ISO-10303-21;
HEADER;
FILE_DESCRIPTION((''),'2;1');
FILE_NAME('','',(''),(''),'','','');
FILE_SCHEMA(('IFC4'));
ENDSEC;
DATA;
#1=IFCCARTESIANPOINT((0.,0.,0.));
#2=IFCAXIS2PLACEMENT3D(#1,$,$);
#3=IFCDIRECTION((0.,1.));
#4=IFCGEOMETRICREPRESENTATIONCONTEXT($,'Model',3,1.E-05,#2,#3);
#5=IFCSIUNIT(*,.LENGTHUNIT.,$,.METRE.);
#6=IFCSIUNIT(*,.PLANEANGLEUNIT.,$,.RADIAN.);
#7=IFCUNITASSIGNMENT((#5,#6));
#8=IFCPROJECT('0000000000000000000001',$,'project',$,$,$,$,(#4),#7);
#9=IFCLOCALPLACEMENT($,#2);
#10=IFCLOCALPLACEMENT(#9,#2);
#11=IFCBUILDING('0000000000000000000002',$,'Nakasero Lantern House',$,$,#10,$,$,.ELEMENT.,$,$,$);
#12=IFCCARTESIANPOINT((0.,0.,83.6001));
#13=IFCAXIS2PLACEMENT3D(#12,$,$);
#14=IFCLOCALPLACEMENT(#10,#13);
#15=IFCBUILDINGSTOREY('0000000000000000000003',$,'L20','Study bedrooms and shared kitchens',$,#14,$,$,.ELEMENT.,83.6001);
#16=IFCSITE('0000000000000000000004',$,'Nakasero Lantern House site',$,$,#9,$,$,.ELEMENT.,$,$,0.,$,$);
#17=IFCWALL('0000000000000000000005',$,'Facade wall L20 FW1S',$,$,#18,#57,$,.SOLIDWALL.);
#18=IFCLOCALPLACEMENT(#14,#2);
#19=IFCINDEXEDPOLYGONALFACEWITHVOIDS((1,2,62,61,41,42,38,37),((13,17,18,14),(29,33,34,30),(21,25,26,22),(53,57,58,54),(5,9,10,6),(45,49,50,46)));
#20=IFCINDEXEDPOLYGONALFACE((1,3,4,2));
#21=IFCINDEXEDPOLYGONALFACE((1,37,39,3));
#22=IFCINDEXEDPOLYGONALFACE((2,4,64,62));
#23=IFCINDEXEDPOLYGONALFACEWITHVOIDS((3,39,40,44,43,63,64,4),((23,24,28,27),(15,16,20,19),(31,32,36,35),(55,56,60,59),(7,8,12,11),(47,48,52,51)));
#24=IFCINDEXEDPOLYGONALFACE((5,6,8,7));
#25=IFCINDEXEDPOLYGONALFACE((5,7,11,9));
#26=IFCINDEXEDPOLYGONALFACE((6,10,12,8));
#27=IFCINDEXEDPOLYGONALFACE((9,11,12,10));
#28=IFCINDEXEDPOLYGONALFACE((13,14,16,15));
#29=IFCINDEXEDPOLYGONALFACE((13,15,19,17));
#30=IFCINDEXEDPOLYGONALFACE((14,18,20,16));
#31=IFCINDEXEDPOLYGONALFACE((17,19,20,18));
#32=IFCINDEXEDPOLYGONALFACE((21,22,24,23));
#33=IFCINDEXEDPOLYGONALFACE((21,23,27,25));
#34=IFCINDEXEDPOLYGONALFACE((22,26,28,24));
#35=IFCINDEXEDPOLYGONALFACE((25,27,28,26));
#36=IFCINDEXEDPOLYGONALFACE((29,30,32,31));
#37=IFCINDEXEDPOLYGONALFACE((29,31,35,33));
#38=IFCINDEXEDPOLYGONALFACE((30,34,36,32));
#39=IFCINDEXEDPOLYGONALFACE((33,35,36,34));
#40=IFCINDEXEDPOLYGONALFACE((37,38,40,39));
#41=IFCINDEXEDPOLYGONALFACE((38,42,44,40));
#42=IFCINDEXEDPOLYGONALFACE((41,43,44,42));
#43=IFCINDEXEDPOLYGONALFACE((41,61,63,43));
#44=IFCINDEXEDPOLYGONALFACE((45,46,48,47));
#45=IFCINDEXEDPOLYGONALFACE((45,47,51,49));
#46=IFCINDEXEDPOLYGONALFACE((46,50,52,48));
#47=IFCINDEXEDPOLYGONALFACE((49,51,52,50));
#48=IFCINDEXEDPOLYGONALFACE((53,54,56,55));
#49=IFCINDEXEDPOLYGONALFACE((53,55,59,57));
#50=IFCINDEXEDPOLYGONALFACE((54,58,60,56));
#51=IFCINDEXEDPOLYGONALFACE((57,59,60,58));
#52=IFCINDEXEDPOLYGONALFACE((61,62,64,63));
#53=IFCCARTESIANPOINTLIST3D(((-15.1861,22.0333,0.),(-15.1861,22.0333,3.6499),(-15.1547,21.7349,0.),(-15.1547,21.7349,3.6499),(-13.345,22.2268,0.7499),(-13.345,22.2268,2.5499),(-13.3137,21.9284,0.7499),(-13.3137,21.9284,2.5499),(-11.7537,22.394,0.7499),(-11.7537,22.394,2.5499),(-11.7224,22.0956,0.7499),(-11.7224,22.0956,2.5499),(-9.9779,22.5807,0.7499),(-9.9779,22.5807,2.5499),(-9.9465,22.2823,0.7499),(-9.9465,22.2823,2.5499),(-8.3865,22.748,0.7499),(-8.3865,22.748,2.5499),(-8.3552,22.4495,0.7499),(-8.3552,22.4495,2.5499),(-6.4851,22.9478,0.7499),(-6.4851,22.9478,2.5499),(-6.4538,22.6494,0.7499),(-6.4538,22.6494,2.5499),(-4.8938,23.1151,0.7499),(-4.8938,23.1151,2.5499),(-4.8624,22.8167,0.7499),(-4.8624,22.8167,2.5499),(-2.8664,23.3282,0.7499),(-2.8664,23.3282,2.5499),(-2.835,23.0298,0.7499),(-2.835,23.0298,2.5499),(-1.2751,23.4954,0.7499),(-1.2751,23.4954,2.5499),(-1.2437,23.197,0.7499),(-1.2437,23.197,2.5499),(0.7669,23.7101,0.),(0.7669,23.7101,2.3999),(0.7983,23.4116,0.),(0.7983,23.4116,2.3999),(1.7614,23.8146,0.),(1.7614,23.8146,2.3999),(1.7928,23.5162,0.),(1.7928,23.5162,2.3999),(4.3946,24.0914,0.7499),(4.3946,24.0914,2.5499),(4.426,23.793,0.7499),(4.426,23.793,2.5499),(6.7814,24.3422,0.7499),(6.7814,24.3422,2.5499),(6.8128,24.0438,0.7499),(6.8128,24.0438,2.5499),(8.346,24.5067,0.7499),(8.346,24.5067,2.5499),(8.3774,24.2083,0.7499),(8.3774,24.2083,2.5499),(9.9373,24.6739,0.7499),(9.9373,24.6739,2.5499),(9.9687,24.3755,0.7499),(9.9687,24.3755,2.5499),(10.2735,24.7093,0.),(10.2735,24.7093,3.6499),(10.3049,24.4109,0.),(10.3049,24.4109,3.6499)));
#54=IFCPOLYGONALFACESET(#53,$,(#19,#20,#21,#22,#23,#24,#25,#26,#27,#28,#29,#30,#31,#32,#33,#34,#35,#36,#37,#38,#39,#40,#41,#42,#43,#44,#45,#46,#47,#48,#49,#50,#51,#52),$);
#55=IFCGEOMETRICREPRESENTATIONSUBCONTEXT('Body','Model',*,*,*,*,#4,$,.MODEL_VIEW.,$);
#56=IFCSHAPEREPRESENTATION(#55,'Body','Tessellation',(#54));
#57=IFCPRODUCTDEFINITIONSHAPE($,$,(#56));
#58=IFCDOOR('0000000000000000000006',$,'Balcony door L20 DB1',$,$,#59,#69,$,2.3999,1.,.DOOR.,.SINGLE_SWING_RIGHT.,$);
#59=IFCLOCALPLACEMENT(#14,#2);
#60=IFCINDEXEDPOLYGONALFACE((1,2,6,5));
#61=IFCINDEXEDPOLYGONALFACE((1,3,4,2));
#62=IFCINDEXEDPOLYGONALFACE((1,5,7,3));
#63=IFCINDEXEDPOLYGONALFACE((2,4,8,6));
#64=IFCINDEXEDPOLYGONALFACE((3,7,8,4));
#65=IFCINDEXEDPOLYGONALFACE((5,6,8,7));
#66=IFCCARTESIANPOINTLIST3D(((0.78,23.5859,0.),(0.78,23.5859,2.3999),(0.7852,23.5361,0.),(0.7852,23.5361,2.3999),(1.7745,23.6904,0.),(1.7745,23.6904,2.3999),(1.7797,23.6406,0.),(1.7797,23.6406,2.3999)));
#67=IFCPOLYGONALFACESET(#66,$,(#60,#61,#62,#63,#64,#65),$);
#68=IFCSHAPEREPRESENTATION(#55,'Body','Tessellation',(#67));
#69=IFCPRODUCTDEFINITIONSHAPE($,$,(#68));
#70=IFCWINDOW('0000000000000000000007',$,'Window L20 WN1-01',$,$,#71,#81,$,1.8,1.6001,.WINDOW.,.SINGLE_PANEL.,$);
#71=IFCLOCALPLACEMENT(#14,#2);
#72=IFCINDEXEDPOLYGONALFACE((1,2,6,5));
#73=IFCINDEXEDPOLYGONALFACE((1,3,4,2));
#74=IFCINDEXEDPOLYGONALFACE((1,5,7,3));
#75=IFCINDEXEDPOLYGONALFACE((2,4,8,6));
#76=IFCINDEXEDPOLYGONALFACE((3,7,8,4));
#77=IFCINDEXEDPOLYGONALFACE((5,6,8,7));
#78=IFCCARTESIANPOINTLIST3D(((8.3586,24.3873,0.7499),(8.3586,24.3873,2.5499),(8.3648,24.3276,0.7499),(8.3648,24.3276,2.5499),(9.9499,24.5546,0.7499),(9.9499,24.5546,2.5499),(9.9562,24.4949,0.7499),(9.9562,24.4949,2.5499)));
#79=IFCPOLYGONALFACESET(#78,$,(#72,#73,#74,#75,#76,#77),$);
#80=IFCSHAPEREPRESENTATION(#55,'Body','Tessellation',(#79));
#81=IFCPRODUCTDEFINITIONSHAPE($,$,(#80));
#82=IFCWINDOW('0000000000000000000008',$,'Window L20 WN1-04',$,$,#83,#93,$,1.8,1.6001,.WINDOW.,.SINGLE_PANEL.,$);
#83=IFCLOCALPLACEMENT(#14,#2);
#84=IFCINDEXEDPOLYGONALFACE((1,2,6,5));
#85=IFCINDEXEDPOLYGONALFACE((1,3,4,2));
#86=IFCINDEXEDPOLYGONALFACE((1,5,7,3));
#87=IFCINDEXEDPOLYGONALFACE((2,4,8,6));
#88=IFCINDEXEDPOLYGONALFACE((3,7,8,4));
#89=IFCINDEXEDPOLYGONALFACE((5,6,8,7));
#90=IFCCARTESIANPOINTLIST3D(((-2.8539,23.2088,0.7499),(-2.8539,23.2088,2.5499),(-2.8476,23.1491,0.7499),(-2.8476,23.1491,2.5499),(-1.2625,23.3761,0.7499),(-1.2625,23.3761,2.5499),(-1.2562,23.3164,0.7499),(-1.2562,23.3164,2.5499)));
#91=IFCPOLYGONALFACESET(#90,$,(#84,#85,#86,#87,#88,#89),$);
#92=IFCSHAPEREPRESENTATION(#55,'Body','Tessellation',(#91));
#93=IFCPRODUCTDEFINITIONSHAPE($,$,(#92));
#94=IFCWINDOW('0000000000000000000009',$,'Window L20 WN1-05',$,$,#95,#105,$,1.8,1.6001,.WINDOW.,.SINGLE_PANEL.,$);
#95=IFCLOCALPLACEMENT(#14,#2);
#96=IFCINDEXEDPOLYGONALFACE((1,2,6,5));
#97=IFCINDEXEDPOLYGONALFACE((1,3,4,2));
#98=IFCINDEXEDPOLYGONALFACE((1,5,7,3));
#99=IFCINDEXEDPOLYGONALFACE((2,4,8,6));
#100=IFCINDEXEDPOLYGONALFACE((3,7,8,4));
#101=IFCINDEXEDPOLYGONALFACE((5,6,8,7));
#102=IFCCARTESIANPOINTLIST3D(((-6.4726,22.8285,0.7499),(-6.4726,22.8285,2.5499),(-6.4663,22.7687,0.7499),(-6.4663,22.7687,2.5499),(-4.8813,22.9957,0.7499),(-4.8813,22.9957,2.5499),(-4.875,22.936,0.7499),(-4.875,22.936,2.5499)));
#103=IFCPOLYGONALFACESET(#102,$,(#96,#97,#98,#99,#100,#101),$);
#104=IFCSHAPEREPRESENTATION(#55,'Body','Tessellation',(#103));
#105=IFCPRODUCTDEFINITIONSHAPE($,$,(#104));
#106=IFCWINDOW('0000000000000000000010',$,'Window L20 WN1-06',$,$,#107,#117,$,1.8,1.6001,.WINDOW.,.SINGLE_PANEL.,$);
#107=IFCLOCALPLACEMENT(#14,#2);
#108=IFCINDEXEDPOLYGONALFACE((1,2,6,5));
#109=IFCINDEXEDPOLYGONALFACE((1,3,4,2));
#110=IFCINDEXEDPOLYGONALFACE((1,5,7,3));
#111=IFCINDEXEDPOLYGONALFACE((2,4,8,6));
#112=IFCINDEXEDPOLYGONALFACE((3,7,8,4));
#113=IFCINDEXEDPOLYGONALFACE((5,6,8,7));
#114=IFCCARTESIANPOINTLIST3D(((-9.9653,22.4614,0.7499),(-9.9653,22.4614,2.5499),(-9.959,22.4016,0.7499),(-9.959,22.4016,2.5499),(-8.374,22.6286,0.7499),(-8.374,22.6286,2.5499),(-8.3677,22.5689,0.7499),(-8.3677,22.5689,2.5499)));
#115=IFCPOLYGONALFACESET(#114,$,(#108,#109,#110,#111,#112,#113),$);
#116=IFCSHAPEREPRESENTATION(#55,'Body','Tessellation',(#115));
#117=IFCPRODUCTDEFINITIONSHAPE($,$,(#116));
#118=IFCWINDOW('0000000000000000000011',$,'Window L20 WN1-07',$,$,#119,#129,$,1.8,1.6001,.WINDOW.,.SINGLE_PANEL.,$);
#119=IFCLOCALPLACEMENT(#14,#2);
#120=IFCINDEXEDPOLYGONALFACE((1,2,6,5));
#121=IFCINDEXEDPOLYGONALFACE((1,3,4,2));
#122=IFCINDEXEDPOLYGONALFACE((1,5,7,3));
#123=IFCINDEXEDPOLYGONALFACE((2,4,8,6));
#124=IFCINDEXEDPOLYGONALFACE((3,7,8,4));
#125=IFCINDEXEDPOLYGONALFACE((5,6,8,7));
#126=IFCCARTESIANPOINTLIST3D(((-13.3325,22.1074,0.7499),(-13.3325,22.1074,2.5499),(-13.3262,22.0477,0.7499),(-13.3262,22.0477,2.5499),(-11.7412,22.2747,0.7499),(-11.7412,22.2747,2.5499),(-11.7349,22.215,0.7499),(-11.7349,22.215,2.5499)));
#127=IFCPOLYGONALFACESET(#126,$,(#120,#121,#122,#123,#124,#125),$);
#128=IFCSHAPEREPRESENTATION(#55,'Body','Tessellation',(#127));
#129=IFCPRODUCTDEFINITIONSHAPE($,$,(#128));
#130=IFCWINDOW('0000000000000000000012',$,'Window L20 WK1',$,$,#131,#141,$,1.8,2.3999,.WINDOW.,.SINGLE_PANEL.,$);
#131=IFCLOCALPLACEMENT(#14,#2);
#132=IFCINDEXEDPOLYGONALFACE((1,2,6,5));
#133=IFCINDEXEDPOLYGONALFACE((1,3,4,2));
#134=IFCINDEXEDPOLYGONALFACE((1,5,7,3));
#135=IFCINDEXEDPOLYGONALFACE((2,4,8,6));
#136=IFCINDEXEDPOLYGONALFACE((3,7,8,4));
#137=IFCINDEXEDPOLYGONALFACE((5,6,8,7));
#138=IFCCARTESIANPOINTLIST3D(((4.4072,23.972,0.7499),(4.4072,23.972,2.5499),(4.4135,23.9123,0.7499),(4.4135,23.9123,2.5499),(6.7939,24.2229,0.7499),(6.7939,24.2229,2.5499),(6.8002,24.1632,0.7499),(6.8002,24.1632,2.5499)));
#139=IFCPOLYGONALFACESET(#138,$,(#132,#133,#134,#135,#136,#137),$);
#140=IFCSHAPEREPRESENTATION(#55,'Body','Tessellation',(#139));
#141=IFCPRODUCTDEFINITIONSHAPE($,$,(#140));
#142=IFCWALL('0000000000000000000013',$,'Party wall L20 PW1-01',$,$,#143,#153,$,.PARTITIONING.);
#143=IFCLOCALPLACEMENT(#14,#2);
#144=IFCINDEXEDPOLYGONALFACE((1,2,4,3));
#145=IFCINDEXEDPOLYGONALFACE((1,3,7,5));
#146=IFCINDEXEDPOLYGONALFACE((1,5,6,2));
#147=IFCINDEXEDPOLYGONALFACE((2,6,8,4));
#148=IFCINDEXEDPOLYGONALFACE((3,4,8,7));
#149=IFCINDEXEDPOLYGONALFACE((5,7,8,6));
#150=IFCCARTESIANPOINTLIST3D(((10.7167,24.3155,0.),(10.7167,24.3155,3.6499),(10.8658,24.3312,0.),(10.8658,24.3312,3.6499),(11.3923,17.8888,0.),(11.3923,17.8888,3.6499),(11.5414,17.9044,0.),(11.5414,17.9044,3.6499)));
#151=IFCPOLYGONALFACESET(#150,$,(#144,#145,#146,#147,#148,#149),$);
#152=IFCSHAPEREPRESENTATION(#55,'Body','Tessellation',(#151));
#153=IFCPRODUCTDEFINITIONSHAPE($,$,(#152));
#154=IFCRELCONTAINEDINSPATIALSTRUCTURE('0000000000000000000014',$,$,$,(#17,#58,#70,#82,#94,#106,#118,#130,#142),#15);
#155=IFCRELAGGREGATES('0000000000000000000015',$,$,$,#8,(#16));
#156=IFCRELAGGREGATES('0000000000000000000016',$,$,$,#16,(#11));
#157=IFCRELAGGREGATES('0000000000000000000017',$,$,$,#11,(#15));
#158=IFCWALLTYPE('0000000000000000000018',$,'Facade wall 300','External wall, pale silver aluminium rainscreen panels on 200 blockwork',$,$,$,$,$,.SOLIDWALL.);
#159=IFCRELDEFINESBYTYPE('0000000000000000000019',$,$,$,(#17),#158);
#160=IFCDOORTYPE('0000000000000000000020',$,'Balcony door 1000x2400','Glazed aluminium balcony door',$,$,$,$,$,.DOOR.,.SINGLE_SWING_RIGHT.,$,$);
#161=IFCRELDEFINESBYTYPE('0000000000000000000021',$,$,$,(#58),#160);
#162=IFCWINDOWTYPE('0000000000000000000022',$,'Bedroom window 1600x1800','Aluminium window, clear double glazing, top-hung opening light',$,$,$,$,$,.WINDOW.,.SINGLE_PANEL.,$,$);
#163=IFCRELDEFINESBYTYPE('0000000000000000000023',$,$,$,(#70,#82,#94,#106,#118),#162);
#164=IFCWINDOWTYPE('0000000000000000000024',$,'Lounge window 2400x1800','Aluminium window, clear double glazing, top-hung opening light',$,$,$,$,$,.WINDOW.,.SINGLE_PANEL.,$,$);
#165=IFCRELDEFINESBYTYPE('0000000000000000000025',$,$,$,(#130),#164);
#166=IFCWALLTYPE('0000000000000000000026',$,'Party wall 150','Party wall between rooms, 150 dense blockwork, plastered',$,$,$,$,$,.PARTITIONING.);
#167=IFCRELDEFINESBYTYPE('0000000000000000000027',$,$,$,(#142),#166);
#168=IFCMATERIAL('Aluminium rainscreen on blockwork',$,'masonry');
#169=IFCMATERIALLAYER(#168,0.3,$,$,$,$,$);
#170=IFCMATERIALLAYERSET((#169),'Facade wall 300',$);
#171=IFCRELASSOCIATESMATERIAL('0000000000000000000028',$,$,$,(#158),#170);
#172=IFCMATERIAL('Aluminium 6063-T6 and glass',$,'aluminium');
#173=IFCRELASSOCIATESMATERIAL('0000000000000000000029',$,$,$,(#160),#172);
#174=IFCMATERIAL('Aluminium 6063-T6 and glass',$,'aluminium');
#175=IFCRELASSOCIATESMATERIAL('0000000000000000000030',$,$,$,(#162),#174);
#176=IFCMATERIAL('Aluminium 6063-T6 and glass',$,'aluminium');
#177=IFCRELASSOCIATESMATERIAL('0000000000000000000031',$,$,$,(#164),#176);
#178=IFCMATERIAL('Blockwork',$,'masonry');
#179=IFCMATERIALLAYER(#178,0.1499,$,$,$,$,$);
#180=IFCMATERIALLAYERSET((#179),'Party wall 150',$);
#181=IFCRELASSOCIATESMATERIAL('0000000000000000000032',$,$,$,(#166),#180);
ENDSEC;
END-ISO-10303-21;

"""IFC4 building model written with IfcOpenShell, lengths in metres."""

from ifc_helpers import new_model, si_unit, direction, frame, frame_2d, origin, place, context, subcontext, project, spatial, rectangle, extrude, material, layer, layer_set, type_object, element, fill, save


model = new_model("IFC4")

# Units and contexts
model_context = context("Model", 3, precision=1e-05, world=origin(), true_north=direction((0.0, 1.0)))
body_context = subcontext(model_context, "Body", "Model", "MODEL_VIEW")
ifc_project = project(units=[si_unit("LENGTHUNIT", "METRE"), si_unit("PLANEANGLEUNIT", "RADIAN")], contexts=[model_context])

# Site, building, storey
site_placement = place(None, origin())
site = spatial("IfcSite", under=ifc_project, at=site_placement, Name="Nakasero Lantern House site", CompositionType="ELEMENT", RefElevation=0.0)
building_placement = place(site_placement, origin())
building = spatial("IfcBuilding", under=site, at=building_placement, Name="Nakasero Lantern House", CompositionType="ELEMENT")
storey_placement = place(building_placement, frame((0.0, 0.0, 83.6001)))
storey = spatial("IfcBuildingStorey", under=building, at=storey_placement, Name="L20", Description="Study bedrooms and shared kitchens", CompositionType="ELEMENT", Elevation=83.6001)

# Wall, openings, door, windows
ifc_material_1 = material(Name="Aluminium rainscreen on blockwork", Category="masonry")
ifc_layer_1 = layer(ifc_material_1, 0.3)
ifc_layer_set_1 = layer_set([ifc_layer_1], Name="Facade wall 300")
wall_type_1 = type_object("IfcWallType", Name="Facade wall 300", Description="External wall, pale silver aluminium rainscreen panels on 200 blockwork", PredefinedType="SOLIDWALL", material=ifc_layer_set_1)
wall_1_placement = place(storey_placement, frame((10.2891, 24.5601, 0.0), z_axis=(0.0, 0.0, 1.0), x_axis=(-0.994521, -0.104532, 0.0)))
wall_1 = element("IfcWall", 1, at=wall_1_placement, inside=storey, type_object=wall_type_1, Name="Facade wall L20 FW1S", PredefinedType="SOLIDWALL", context=body_context, shape_type="SweptSolid", body=[
    extrude(rectangle(XDim=25.5999, YDim=0.3, at=frame_2d((12.7998, 0.0))), origin(), (0.0, 0.0, 1.0), 3.6499),
])
opening_1_placement = place(wall_1_placement, frame((0.3379, 0.0, 0.75)))
opening_1 = element("IfcOpeningElement", 2, at=opening_1_placement, cuts=wall_1, PredefinedType="OPENING", context=body_context, shape_type="SweptSolid", body=[
    extrude(rectangle(XDim=1.6001, YDim=1.8, at=frame_2d((0.8, 0.8999))), frame((0.0, 0.1699, 0.0), z_axis=(0.0, -1.0, 0.0), x_axis=(1.0, 0.0, 0.0)), (0.0, 0.0, 1.0), 0.3401),
])
opening_2_placement = place(wall_1_placement, frame((11.6121, 0.0, 0.75)))
opening_2 = element("IfcOpeningElement", 3, at=opening_2_placement, cuts=wall_1, PredefinedType="OPENING", context=body_context, shape_type="SweptSolid", body=[
    extrude(rectangle(XDim=1.6001, YDim=1.8, at=frame_2d((0.8, 0.8999))), frame((0.0, 0.1699, 0.0), z_axis=(0.0, -1.0, 0.0), x_axis=(1.0, 0.0, 0.0)), (0.0, 0.0, 1.0), 0.3401),
])
opening_3_placement = place(wall_1_placement, frame((15.2507, 0.0, 0.75)))
opening_3 = element("IfcOpeningElement", 4, at=opening_3_placement, cuts=wall_1, PredefinedType="OPENING", context=body_context, shape_type="SweptSolid", body=[
    extrude(rectangle(XDim=1.6001, YDim=1.8, at=frame_2d((0.8, 0.8999))), frame((0.0, 0.1699, 0.0), z_axis=(0.0, -1.0, 0.0), x_axis=(1.0, 0.0, 0.0)), (0.0, 0.0, 1.0), 0.3401),
])
opening_4_placement = place(wall_1_placement, frame((18.7627, 0.0, 0.75)))
opening_4 = element("IfcOpeningElement", 5, at=opening_4_placement, cuts=wall_1, PredefinedType="OPENING", context=body_context, shape_type="SweptSolid", body=[
    extrude(rectangle(XDim=1.6001, YDim=1.8, at=frame_2d((0.8, 0.8999))), frame((0.0, 0.1699, 0.0), z_axis=(0.0, -1.0, 0.0), x_axis=(1.0, 0.0, 0.0)), (0.0, 0.0, 1.0), 0.3401),
])
opening_5_placement = place(wall_1_placement, frame((22.1484, 0.0, 0.75)))
opening_5 = element("IfcOpeningElement", 6, at=opening_5_placement, cuts=wall_1, PredefinedType="OPENING", context=body_context, shape_type="SweptSolid", body=[
    extrude(rectangle(XDim=1.6001, YDim=1.8, at=frame_2d((0.8, 0.8999))), frame((0.0, 0.1699, 0.0), z_axis=(0.0, -1.0, 0.0), x_axis=(1.0, 0.0, 0.0)), (0.0, 0.0, 1.0), 0.3401),
])
opening_6_placement = place(wall_1_placement, frame((3.5112, 0.0, 0.75)))
opening_6 = element("IfcOpeningElement", 7, at=opening_6_placement, cuts=wall_1, PredefinedType="OPENING", context=body_context, shape_type="SweptSolid", body=[
    extrude(rectangle(XDim=2.3999, YDim=1.8, at=frame_2d((1.2, 0.8999))), frame((0.0, 0.1699, 0.0), z_axis=(0.0, -1.0, 0.0), x_axis=(1.0, 0.0, 0.0)), (0.0, 0.0, 1.0), 0.3401),
])
opening_7_placement = place(wall_1_placement, frame((8.5588, 0.0, 0.0)))
opening_7 = element("IfcOpeningElement", 8, at=opening_7_placement, cuts=wall_1, PredefinedType="OPENING", context=body_context, shape_type="SweptSolid", body=[
    extrude(rectangle(XDim=1.0, YDim=2.3999, at=frame_2d((0.5, 1.2))), frame((0.0, 0.1699, 0.0), z_axis=(0.0, -1.0, 0.0), x_axis=(1.0, 0.0, 0.0)), (0.0, 0.0, 1.0), 0.3401),
])
ifc_material_2 = material(Name="Aluminium 6063-T6 and glass", Category="aluminium")
door_type_1 = type_object("IfcDoorType", Name="Balcony door 1000x2400", Description="Glazed aluminium balcony door", OperationType="SINGLE_SWING_RIGHT", PredefinedType="DOOR", material=ifc_material_2)
door_1_placement = place(opening_7_placement, origin())
door_1 = element("IfcDoor", 9, at=door_1_placement, inside=storey, type_object=door_type_1, Name="Balcony door L20 DB1", OperationType="SINGLE_SWING_RIGHT", OverallHeight=2.3999, OverallWidth=1.0, PredefinedType="DOOR", context=body_context, shape_type="SweptSolid", body=[
    extrude(rectangle(XDim=1.0, YDim=2.3999, at=frame_2d((0.5, 1.2))), frame((0.0, 0.0249, 0.0), z_axis=(0.0, -1.0, 0.0), x_axis=(1.0, 0.0, 0.0)), (0.0, 0.0, 1.0), 0.05),
])
fill(opening_7, door_1)
ifc_material_3 = material(Name="Aluminium 6063-T6 and glass", Category="aluminium")
window_type_1 = type_object("IfcWindowType", Name="Bedroom window 1600x1800", Description="Aluminium window, clear double glazing, top-hung opening light", PartitioningType="SINGLE_PANEL", PredefinedType="WINDOW", material=ifc_material_3)
window_1_placement = place(opening_1_placement, origin())
window_1 = element("IfcWindow", 10, at=window_1_placement, inside=storey, type_object=window_type_1, Name="Window L20 WN1-01", OverallHeight=1.8, OverallWidth=1.6001, PartitioningType="SINGLE_PANEL", PredefinedType="WINDOW", context=body_context, shape_type="SweptSolid", body=[
    extrude(rectangle(XDim=1.6001, YDim=1.8, at=frame_2d((0.8, 0.8999))), frame((0.0, 0.03, 0.0), z_axis=(0.0, -1.0, 0.0), x_axis=(1.0, 0.0, 0.0)), (0.0, 0.0, 1.0), 0.0601),
])
fill(opening_1, window_1)
window_2_placement = place(opening_2_placement, origin())
window_2 = element("IfcWindow", 11, at=window_2_placement, inside=storey, type_object=window_type_1, Name="Window L20 WN1-04", OverallHeight=1.8, OverallWidth=1.6001, PartitioningType="SINGLE_PANEL", PredefinedType="WINDOW", context=body_context, shape_type="SweptSolid", body=[
    extrude(rectangle(XDim=1.6001, YDim=1.8, at=frame_2d((0.8, 0.8999))), frame((0.0, 0.03, 0.0), z_axis=(0.0, -1.0, 0.0), x_axis=(1.0, 0.0, 0.0)), (0.0, 0.0, 1.0), 0.0601),
])
fill(opening_2, window_2)
window_3_placement = place(opening_3_placement, origin())
window_3 = element("IfcWindow", 12, at=window_3_placement, inside=storey, type_object=window_type_1, Name="Window L20 WN1-05", OverallHeight=1.8, OverallWidth=1.6001, PartitioningType="SINGLE_PANEL", PredefinedType="WINDOW", context=body_context, shape_type="SweptSolid", body=[
    extrude(rectangle(XDim=1.6001, YDim=1.8, at=frame_2d((0.8, 0.8999))), frame((0.0, 0.03, 0.0), z_axis=(0.0, -1.0, 0.0), x_axis=(1.0, 0.0, 0.0)), (0.0, 0.0, 1.0), 0.0601),
])
fill(opening_3, window_3)
window_4_placement = place(opening_4_placement, origin())
window_4 = element("IfcWindow", 13, at=window_4_placement, inside=storey, type_object=window_type_1, Name="Window L20 WN1-06", OverallHeight=1.8, OverallWidth=1.6001, PartitioningType="SINGLE_PANEL", PredefinedType="WINDOW", context=body_context, shape_type="SweptSolid", body=[
    extrude(rectangle(XDim=1.6001, YDim=1.8, at=frame_2d((0.8, 0.8999))), frame((0.0, 0.03, 0.0), z_axis=(0.0, -1.0, 0.0), x_axis=(1.0, 0.0, 0.0)), (0.0, 0.0, 1.0), 0.0601),
])
fill(opening_4, window_4)
window_5_placement = place(opening_5_placement, origin())
window_5 = element("IfcWindow", 14, at=window_5_placement, inside=storey, type_object=window_type_1, Name="Window L20 WN1-07", OverallHeight=1.8, OverallWidth=1.6001, PartitioningType="SINGLE_PANEL", PredefinedType="WINDOW", context=body_context, shape_type="SweptSolid", body=[
    extrude(rectangle(XDim=1.6001, YDim=1.8, at=frame_2d((0.8, 0.8999))), frame((0.0, 0.03, 0.0), z_axis=(0.0, -1.0, 0.0), x_axis=(1.0, 0.0, 0.0)), (0.0, 0.0, 1.0), 0.0601),
])
fill(opening_5, window_5)
ifc_material_4 = material(Name="Aluminium 6063-T6 and glass", Category="aluminium")
window_type_2 = type_object("IfcWindowType", Name="Lounge window 2400x1800", Description="Aluminium window, clear double glazing, top-hung opening light", PartitioningType="SINGLE_PANEL", PredefinedType="WINDOW", material=ifc_material_4)
window_6_placement = place(opening_6_placement, origin())
window_6 = element("IfcWindow", 15, at=window_6_placement, inside=storey, type_object=window_type_2, Name="Window L20 WK1", OverallHeight=1.8, OverallWidth=2.3999, PartitioningType="SINGLE_PANEL", PredefinedType="WINDOW", context=body_context, shape_type="SweptSolid", body=[
    extrude(rectangle(XDim=2.3999, YDim=1.8, at=frame_2d((1.2, 0.8999))), frame((0.0, 0.03, 0.0), z_axis=(0.0, -1.0, 0.0), x_axis=(1.0, 0.0, 0.0)), (0.0, 0.0, 1.0), 0.0601),
])
fill(opening_6, window_6)

# Wall
ifc_material_5 = material(Name="Blockwork", Category="masonry")
ifc_layer_2 = layer(ifc_material_5, 0.1499)
ifc_layer_set_2 = layer_set([ifc_layer_2], Name="Party wall 150")
wall_type_2 = type_object("IfcWallType", Name="Party wall 150", Description="Party wall between rooms, 150 dense blockwork, plastered", PredefinedType="PARTITIONING", material=ifc_layer_set_2)
wall_2_placement = place(storey_placement, frame((11.4668, 17.8967, 0.0), z_axis=(0.0, 0.0, 1.0), x_axis=(-0.104537, 0.994521, 0.0)))
element("IfcWall", 16, at=wall_2_placement, inside=storey, type_object=wall_type_2, Name="Party wall L20 PW1-01", PredefinedType="PARTITIONING", context=body_context, shape_type="SweptSolid", body=[
    extrude(rectangle(XDim=6.4622, YDim=0.1499, at=frame_2d((3.231, 0.0))), origin(), (0.0, 0.0, 1.0), 3.6499),
])

save(model, "model.ifc")
